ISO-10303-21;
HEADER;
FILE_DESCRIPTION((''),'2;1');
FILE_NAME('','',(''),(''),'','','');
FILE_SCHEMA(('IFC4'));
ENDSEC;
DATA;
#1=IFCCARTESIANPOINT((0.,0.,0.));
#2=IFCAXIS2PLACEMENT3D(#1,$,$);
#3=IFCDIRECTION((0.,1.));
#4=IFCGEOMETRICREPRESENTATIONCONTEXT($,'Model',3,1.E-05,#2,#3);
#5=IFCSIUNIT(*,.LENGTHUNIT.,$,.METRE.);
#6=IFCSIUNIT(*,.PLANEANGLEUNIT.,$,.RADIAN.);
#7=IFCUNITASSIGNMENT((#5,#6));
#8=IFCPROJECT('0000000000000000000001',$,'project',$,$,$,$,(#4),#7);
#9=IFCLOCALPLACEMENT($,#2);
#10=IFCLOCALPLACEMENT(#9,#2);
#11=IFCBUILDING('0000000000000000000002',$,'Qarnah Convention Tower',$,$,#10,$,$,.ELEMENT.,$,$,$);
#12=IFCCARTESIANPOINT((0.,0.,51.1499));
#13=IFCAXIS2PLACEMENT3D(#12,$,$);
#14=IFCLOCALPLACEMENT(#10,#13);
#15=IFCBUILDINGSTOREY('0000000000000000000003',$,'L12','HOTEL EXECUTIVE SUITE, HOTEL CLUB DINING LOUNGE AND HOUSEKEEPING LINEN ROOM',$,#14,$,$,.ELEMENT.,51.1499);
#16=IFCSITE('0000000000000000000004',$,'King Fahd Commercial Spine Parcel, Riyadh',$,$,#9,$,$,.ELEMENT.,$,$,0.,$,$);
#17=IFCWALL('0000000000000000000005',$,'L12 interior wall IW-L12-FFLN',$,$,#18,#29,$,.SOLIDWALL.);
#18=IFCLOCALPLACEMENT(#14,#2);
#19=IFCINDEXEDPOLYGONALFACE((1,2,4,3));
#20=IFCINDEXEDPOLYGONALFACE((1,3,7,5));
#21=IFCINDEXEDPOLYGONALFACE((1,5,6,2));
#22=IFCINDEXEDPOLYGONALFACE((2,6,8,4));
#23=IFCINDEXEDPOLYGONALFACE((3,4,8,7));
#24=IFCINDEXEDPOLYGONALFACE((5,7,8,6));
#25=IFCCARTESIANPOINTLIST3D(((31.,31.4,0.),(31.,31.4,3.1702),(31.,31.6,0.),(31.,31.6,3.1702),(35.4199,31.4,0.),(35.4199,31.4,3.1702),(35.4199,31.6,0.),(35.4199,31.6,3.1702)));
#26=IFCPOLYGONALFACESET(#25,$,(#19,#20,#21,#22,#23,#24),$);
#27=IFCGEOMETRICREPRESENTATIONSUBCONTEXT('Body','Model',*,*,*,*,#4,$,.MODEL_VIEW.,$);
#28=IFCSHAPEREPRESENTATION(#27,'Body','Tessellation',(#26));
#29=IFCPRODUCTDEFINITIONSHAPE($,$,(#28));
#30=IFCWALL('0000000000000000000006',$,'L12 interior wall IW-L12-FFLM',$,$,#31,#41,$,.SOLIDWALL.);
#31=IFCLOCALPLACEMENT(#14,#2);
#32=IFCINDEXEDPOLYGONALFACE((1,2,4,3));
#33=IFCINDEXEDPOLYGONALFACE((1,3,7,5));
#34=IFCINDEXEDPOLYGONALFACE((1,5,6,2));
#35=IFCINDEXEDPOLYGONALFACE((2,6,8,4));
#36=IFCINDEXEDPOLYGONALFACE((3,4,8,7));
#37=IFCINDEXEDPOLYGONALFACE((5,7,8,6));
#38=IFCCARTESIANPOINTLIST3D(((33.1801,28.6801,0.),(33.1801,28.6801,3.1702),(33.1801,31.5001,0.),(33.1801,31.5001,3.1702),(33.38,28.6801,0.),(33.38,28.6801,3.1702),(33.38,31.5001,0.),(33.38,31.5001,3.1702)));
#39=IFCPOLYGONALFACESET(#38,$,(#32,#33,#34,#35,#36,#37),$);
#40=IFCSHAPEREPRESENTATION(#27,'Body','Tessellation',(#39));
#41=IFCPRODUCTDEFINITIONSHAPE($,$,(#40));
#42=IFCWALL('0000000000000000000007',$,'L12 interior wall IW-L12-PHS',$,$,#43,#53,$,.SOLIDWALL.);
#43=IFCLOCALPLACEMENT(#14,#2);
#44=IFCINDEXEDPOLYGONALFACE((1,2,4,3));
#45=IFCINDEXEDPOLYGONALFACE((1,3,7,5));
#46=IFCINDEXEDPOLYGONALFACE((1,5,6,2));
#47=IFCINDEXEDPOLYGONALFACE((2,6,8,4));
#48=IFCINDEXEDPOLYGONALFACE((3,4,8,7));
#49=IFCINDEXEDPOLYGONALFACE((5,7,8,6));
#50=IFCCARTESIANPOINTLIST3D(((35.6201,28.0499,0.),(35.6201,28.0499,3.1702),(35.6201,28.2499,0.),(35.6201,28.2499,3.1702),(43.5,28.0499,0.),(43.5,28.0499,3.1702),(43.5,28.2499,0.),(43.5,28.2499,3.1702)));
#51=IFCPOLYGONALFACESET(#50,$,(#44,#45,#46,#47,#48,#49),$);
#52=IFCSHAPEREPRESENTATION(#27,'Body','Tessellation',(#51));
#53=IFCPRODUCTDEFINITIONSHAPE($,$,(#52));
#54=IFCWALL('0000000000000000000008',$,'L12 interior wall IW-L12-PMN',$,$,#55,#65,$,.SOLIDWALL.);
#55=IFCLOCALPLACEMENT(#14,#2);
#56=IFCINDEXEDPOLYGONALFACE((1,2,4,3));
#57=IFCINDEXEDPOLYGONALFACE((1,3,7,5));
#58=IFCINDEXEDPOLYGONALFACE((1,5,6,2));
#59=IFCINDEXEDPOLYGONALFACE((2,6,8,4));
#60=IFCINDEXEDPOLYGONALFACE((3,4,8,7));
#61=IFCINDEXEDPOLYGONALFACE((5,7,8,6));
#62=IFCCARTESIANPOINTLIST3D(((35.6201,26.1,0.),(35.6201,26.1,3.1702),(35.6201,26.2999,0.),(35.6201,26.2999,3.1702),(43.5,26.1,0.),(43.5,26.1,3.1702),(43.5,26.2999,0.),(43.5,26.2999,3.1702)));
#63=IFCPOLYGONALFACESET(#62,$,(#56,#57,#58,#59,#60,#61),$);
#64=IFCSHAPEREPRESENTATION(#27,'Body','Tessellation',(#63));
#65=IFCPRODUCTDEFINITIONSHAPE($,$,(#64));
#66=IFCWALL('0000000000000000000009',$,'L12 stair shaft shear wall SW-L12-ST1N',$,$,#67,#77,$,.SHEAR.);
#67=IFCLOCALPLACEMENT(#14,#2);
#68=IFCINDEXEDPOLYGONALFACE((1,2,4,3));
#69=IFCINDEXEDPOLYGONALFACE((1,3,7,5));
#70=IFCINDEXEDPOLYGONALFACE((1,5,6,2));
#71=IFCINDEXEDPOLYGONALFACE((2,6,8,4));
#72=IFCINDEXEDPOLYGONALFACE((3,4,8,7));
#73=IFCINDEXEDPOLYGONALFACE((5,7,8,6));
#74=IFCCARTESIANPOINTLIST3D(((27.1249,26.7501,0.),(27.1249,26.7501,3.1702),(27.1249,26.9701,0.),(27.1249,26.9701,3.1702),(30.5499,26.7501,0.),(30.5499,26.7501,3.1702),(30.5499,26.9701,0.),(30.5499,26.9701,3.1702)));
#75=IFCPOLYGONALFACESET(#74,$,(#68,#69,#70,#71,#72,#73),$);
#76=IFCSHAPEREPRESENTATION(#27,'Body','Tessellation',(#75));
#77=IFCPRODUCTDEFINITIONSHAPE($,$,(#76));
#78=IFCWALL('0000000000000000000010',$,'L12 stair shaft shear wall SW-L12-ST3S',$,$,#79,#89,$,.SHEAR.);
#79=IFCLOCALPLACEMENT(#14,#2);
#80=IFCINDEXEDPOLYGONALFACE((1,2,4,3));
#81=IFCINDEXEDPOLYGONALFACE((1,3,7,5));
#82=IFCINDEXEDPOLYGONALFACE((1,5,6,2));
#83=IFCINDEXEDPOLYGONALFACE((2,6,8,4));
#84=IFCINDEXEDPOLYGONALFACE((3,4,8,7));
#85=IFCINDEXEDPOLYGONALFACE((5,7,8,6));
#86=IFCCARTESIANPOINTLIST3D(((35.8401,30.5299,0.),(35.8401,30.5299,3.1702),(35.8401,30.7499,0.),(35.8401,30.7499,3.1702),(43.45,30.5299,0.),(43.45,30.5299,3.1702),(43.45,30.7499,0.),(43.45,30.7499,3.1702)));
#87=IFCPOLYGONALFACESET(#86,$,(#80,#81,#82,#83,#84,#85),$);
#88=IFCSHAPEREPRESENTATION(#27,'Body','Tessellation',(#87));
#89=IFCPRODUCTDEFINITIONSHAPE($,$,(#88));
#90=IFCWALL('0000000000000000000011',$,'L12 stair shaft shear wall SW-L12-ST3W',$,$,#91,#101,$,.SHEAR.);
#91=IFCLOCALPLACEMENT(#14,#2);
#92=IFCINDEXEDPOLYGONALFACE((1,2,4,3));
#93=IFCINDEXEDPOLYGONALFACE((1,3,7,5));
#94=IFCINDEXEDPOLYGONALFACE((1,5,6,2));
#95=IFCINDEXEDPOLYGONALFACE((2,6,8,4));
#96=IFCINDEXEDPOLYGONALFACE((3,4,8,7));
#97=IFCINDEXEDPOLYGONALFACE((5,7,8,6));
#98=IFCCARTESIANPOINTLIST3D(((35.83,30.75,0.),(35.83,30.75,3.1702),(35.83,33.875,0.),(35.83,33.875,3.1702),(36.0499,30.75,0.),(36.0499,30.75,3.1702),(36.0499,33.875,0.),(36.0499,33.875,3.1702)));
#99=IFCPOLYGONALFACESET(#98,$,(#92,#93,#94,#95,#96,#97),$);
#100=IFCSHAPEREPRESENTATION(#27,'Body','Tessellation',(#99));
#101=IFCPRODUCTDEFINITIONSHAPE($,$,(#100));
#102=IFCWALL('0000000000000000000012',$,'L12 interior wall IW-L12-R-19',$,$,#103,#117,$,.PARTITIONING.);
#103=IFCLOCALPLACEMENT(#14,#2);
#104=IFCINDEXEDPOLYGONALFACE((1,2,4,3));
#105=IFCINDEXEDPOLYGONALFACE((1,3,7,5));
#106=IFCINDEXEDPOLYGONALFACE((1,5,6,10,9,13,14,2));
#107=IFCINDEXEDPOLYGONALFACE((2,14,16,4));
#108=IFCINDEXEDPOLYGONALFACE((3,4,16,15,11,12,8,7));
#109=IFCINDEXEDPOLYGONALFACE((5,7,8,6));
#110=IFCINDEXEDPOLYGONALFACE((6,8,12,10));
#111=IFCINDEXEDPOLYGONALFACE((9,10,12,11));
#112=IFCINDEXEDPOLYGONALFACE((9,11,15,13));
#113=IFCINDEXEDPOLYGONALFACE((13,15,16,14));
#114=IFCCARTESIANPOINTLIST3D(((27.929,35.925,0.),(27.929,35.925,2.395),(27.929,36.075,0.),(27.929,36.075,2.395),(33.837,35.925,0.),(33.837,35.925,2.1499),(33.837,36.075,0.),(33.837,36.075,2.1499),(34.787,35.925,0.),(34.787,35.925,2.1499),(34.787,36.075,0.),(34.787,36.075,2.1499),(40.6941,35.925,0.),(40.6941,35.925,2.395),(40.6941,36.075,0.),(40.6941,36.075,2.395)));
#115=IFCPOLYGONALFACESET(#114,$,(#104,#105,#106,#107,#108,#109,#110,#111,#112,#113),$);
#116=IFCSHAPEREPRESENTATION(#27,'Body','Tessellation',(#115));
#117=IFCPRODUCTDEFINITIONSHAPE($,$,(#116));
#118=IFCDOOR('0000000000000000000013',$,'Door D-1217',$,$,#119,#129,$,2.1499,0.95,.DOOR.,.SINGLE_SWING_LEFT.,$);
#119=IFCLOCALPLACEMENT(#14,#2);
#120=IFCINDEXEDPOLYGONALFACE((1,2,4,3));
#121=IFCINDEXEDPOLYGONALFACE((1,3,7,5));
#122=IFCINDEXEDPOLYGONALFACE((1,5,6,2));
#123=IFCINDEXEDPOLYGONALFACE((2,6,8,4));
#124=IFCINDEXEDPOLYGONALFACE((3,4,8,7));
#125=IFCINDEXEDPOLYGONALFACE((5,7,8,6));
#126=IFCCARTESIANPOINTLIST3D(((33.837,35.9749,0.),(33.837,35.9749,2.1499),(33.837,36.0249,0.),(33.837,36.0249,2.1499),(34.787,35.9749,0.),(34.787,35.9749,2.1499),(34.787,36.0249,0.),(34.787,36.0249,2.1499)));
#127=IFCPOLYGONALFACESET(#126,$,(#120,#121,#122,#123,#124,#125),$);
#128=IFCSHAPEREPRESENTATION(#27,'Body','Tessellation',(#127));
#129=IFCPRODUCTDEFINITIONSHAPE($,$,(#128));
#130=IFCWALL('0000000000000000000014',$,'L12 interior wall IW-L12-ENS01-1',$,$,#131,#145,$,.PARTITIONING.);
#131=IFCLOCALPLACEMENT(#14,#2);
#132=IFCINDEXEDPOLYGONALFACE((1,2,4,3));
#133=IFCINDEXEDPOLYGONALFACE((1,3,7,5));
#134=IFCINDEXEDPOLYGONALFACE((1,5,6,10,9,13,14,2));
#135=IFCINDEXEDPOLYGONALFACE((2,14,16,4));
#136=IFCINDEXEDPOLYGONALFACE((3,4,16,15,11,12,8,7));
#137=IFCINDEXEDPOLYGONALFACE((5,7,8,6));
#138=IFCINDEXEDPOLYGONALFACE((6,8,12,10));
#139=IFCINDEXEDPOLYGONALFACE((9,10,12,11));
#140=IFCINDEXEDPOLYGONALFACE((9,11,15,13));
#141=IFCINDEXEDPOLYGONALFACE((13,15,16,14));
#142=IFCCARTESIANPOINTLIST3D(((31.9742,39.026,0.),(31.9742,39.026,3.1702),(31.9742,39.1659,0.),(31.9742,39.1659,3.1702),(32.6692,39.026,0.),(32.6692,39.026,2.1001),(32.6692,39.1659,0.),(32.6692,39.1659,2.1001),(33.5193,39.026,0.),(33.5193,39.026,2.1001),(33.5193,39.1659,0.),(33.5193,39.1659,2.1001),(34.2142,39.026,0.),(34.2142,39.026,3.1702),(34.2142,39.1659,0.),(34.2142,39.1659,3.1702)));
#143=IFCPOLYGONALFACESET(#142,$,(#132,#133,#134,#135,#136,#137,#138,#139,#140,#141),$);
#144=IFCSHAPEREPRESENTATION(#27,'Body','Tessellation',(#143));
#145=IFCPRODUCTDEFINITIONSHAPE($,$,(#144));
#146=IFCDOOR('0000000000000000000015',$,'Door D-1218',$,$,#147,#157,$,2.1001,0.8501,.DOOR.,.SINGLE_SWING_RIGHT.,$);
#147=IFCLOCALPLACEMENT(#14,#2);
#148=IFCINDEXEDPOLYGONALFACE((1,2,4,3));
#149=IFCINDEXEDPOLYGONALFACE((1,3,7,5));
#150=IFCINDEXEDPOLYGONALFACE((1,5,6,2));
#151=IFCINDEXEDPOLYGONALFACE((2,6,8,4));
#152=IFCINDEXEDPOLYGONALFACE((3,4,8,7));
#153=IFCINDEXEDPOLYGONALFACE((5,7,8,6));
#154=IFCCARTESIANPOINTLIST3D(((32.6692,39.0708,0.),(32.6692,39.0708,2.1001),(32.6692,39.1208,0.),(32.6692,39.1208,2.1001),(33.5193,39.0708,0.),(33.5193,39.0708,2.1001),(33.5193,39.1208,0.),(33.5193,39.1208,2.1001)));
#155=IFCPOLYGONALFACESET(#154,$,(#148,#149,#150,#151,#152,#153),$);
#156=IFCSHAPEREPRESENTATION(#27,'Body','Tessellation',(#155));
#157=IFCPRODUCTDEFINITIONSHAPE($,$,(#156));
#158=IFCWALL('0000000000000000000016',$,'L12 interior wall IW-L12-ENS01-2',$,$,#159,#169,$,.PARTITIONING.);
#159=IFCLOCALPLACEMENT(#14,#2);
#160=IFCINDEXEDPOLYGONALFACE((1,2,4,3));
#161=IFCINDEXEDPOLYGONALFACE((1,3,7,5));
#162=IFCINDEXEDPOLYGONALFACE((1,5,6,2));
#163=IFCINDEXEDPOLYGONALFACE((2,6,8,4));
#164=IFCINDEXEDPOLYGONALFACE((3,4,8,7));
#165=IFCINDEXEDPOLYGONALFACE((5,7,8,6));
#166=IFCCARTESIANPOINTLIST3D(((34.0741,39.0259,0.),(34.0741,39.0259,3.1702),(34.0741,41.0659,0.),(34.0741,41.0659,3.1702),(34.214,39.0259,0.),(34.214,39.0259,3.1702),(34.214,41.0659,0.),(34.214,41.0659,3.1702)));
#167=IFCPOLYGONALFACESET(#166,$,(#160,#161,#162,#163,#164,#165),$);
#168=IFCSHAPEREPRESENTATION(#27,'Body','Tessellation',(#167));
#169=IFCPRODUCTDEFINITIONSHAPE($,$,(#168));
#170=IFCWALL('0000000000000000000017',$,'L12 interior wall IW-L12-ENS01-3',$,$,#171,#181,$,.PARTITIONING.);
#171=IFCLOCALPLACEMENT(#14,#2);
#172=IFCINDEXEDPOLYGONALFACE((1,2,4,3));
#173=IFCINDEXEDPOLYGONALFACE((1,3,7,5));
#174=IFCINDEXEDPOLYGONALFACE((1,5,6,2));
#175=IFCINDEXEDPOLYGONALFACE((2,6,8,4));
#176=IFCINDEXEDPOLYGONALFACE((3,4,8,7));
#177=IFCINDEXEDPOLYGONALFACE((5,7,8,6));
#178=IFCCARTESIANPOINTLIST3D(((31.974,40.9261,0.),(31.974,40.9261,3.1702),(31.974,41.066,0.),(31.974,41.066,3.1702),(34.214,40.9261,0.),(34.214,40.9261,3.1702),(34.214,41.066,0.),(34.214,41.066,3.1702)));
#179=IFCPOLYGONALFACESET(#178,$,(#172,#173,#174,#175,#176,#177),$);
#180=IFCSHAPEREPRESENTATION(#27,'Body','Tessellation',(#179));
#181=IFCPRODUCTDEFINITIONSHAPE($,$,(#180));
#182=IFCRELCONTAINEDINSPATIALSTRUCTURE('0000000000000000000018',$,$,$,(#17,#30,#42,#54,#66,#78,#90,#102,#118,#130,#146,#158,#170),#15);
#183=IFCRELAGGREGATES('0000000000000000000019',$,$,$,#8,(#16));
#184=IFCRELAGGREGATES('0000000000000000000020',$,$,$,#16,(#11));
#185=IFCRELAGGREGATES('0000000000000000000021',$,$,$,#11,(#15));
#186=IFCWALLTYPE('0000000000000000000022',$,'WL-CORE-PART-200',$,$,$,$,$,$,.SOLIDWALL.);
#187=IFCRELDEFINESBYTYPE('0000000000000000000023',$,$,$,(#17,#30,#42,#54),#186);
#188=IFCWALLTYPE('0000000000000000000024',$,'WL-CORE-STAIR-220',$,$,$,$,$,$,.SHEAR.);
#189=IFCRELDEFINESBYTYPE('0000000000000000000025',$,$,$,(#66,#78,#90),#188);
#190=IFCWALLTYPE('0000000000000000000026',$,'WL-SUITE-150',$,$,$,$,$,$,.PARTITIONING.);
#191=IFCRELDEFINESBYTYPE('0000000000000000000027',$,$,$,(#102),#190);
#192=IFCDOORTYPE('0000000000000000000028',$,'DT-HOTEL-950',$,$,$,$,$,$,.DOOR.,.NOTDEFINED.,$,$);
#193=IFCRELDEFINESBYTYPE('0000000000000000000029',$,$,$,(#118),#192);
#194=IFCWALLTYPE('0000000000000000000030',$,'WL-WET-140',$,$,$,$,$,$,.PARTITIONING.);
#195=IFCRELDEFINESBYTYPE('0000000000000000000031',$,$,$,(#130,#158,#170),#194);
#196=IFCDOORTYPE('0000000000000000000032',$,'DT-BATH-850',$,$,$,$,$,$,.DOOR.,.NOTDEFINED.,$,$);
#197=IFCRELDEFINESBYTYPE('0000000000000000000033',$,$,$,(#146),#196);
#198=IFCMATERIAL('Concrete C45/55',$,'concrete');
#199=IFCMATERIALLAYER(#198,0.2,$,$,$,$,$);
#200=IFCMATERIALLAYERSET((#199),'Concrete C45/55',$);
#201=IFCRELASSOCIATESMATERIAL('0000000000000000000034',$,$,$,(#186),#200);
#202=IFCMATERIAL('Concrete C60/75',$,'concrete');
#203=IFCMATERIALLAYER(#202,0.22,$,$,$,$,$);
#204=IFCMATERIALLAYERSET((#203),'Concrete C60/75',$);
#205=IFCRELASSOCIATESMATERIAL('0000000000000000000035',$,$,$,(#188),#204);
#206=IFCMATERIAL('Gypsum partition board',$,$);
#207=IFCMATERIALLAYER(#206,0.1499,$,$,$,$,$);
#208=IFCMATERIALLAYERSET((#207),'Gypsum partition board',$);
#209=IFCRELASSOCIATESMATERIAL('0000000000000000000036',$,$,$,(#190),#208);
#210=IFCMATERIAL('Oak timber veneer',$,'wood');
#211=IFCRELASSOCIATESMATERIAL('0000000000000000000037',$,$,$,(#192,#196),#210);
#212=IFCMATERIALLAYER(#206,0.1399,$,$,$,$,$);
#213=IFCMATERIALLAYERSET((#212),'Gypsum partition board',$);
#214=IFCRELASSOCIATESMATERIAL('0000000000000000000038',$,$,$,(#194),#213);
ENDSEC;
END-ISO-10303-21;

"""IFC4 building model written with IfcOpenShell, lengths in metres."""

from ifc_helpers import new_model, si_unit, direction, frame, frame_2d, origin, place, context, subcontext, project, spatial, rectangle, extrude, material, layer, layer_set, type_object, element, fill, save


model = new_model("IFC4")

# Units and contexts
model_context = context("Model", 3, precision=1e-05, world=origin(), true_north=direction((0.0, 1.0)))
body_context = subcontext(model_context, "Body", "Model", "MODEL_VIEW")
ifc_project = project(units=[si_unit("LENGTHUNIT", "METRE"), si_unit("PLANEANGLEUNIT", "RADIAN")], contexts=[model_context])

# Site, building, storey
site_placement = place(None, origin())
site = spatial("IfcSite", under=ifc_project, at=site_placement, Name="King Fahd Commercial Spine Parcel, Riyadh", CompositionType="ELEMENT", RefElevation=0.0)
building_placement = place(site_placement, origin())
building = spatial("IfcBuilding", under=site, at=building_placement, Name="Qarnah Convention Tower", CompositionType="ELEMENT")
storey_placement = place(building_placement, frame((0.0, 0.0, 51.1499)))
storey = spatial("IfcBuildingStorey", under=building, at=storey_placement, Name="L12", Description="HOTEL EXECUTIVE SUITE, HOTEL CLUB DINING LOUNGE AND HOUSEKEEPING LINEN ROOM", CompositionType="ELEMENT", Elevation=51.1499)

# Shared definitions
ifc_material_1 = material(Name="Concrete C45/55", Category="concrete")
ifc_layer_1 = layer(ifc_material_1, 0.2)
ifc_layer_set_1 = layer_set([ifc_layer_1], Name="Concrete C45/55")
wall_type_1 = type_object("IfcWallType", Name="WL-CORE-PART-200", PredefinedType="SOLIDWALL", material=ifc_layer_set_1)

# Walls
wall_1_placement = place(storey_placement, frame((31.0, 31.5, 0.0), z_axis=(0.0, 0.0, 1.0), x_axis=(1.0, 0.0, 0.0)))
element("IfcWall", 1, at=wall_1_placement, inside=storey, type_object=wall_type_1, Name="L12 interior wall IW-L12-FFLN", PredefinedType="SOLIDWALL", context=body_context, shape_type="SweptSolid", body=[
    extrude(rectangle(XDim=4.4199, YDim=0.2, at=frame_2d((2.21, 0.0))), origin(), (0.0, 0.0, 1.0), 3.1702),
])
wall_2_placement = place(storey_placement, frame((33.28, 28.6799, 0.0), z_axis=(0.0, 0.0, 1.0), x_axis=(0.0, 1.0, 0.0)))
element("IfcWall", 2, at=wall_2_placement, inside=storey, type_object=wall_type_1, Name="L12 interior wall IW-L12-FFLM", PredefinedType="SOLIDWALL", context=body_context, shape_type="SweptSolid", body=[
    extrude(rectangle(XDim=2.8201, YDim=0.2, at=frame_2d((1.4102, 0.0))), origin(), (0.0, 0.0, 1.0), 3.1702),
])

# Walls
for number, where, z_axis, x_axis, name in (
    (3, (35.6201, 28.1499, 0.0), (0.0, 0.0, 1.0), (1.0, 0.0, 0.0), "L12 interior wall IW-L12-PHS"),
    (4, (35.6201, 26.2, 0.0), (0.0, 0.0, 1.0), (1.0, 0.0, 0.0), "L12 interior wall IW-L12-PMN"),
):
    element("IfcWall", number, at=place(storey_placement, frame(where, z_axis=z_axis, x_axis=x_axis)), inside=storey, type_object=wall_type_1, Name=name, PredefinedType="SOLIDWALL", context=body_context, shape_type="SweptSolid", body=[
        extrude(rectangle(XDim=7.8799, YDim=0.2, at=frame_2d((3.9399, 0.0))), origin(), (0.0, 0.0, 1.0), 3.1702),
    ])
ifc_material_2 = material(Name="Concrete C60/75", Category="concrete")
ifc_layer_2 = layer(ifc_material_2, 0.22)
ifc_layer_set_2 = layer_set([ifc_layer_2], Name="Concrete C60/75")
wall_type_2 = type_object("IfcWallType", Name="WL-CORE-STAIR-220", PredefinedType="SHEAR", material=ifc_layer_set_2)
wall_3_placement = place(storey_placement, frame((27.125, 26.8601, 0.0), z_axis=(0.0, 0.0, 1.0), x_axis=(1.0, 0.0, 0.0)))
element("IfcWall", 5, at=wall_3_placement, inside=storey, type_object=wall_type_2, Name="L12 stair shaft shear wall SW-L12-ST1N", PredefinedType="SHEAR", context=body_context, shape_type="SweptSolid", body=[
    extrude(rectangle(XDim=3.425, YDim=0.22, at=frame_2d((1.7124, 0.0))), origin(), (0.0, 0.0, 1.0), 3.1702),
])
wall_4_placement = place(storey_placement, frame((35.8401, 30.6399, 0.0), z_axis=(0.0, 0.0, 1.0), x_axis=(1.0, 0.0, 0.0)))
element("IfcWall", 6, at=wall_4_placement, inside=storey, type_object=wall_type_2, Name="L12 stair shaft shear wall SW-L12-ST3S", PredefinedType="SHEAR", context=body_context, shape_type="SweptSolid", body=[
    extrude(rectangle(XDim=7.6099, YDim=0.22, at=frame_2d((3.8049, 0.0))), origin(), (0.0, 0.0, 1.0), 3.1702),
])
wall_5_placement = place(storey_placement, frame((35.9399, 30.75, 0.0), z_axis=(0.0, 0.0, 1.0), x_axis=(0.0, 1.0, 0.0)))
element("IfcWall", 7, at=wall_5_placement, inside=storey, type_object=wall_type_2, Name="L12 stair shaft shear wall SW-L12-ST3W", PredefinedType="SHEAR", context=body_context, shape_type="SweptSolid", body=[
    extrude(rectangle(XDim=3.125, YDim=0.22, at=frame_2d((1.5625, 0.0))), origin(), (0.0, 0.0, 1.0), 3.1702),
])

# Walls, openings, doors
ifc_material_3 = material(Name="Gypsum partition board")
ifc_layer_3 = layer(ifc_material_3, 0.1499)
ifc_layer_set_3 = layer_set([ifc_layer_3], Name="Gypsum partition board")
wall_type_3 = type_object("IfcWallType", Name="WL-SUITE-150", PredefinedType="PARTITIONING", material=ifc_layer_set_3)
wall_6_placement = place(storey_placement, frame((27.929, 36.0, 0.0), z_axis=(0.0, 0.0, 1.0), x_axis=(1.0, 0.0, 0.0)))
wall_6 = element("IfcWall", 8, at=wall_6_placement, inside=storey, type_object=wall_type_3, Name="L12 interior wall IW-L12-R-19", PredefinedType="PARTITIONING", context=body_context, shape_type="SweptSolid", body=[
    extrude(rectangle(XDim=12.7651, YDim=0.1499, at=frame_2d((6.3826, 0.0))), origin(), (0.0, 0.0, 1.0), 2.395),
])
opening_1_placement = place(wall_6_placement, frame((5.908, 0.0, 0.0)))
opening_1 = element("IfcOpeningElement", 9, at=opening_1_placement, cuts=wall_6, PredefinedType="OPENING", context=body_context, shape_type="SweptSolid", body=[
    extrude(rectangle(XDim=0.95, YDim=2.1499, at=frame_2d((0.4751, 1.075))), frame((0.0, 0.085, 0.0), z_axis=(0.0, -1.0, 0.0), x_axis=(1.0, 0.0, 0.0)), (0.0, 0.0, 1.0), 0.1699),
])
ifc_material_4 = material(Name="Oak timber veneer", Category="wood")
door_type_1 = type_object("IfcDoorType", Name="DT-HOTEL-950", OperationType="NOTDEFINED", PredefinedType="DOOR", material=ifc_material_4)
door_1_placement = place(opening_1_placement, origin())
door_1 = element("IfcDoor", 10, at=door_1_placement, inside=storey, type_object=door_type_1, Name="Door D-1217", OperationType="SINGLE_SWING_LEFT", OverallHeight=2.1499, OverallWidth=0.95, PredefinedType="DOOR", context=body_context, shape_type="SweptSolid", body=[
    extrude(rectangle(XDim=0.95, YDim=2.1499, at=frame_2d((0.4751, 1.075))), frame((0.0, 0.0249, 0.0), z_axis=(0.0, -1.0, 0.0), x_axis=(1.0, 0.0, 0.0)), (0.0, 0.0, 1.0), 0.05),
])
fill(opening_1, door_1)
ifc_layer_4 = layer(ifc_material_3, 0.1399)
ifc_layer_set_4 = layer_set([ifc_layer_4], Name="Gypsum partition board")
wall_type_4 = type_object("IfcWallType", Name="WL-WET-140", PredefinedType="PARTITIONING", material=ifc_layer_set_4)
wall_7_placement = place(storey_placement, frame((31.9741, 39.0959, 0.0), z_axis=(0.0, 0.0, 1.0), x_axis=(1.0, 0.0, 0.0)))
wall_7 = element("IfcWall", 11, at=wall_7_placement, inside=storey, type_object=wall_type_4, Name="L12 interior wall IW-L12-ENS01-1", PredefinedType="PARTITIONING", context=body_context, shape_type="SweptSolid", body=[
    extrude(rectangle(XDim=2.24, YDim=0.1399, at=frame_2d((1.1201, 0.0))), origin(), (0.0, 0.0, 1.0), 3.1702),
])
opening_2_placement = place(wall_7_placement, frame((0.6951, 0.0, 0.0)))
opening_2 = element("IfcOpeningElement", 12, at=opening_2_placement, cuts=wall_7, PredefinedType="OPENING", context=body_context, shape_type="SweptSolid", body=[
    extrude(rectangle(XDim=0.8501, YDim=2.1001, at=frame_2d((0.425, 1.05))), frame((0.0, 0.0798, 0.0), z_axis=(0.0, -1.0, 0.0), x_axis=(1.0, 0.0, 0.0)), (0.0, 0.0, 1.0), 0.1599),
])
door_type_2 = type_object("IfcDoorType", Name="DT-BATH-850", OperationType="NOTDEFINED", PredefinedType="DOOR", material=ifc_material_4)
door_2_placement = place(opening_2_placement, origin())
door_2 = element("IfcDoor", 13, at=door_2_placement, inside=storey, type_object=door_type_2, Name="Door D-1218", OperationType="SINGLE_SWING_RIGHT", OverallHeight=2.1001, OverallWidth=0.8501, PredefinedType="DOOR", context=body_context, shape_type="SweptSolid", body=[
    extrude(rectangle(XDim=0.8501, YDim=2.1001, at=frame_2d((0.425, 1.05))), frame((0.0, 0.0249, 0.0), z_axis=(0.0, -1.0, 0.0), x_axis=(1.0, 0.0, 0.0)), (0.0, 0.0, 1.0), 0.05),
])
fill(opening_2, door_2)

# Walls
wall_8_placement = place(storey_placement, frame((34.144, 39.0259, 0.0), z_axis=(0.0, 0.0, 1.0), x_axis=(0.0, 1.0, 0.0)))
element("IfcWall", 14, at=wall_8_placement, inside=storey, type_object=wall_type_4, Name="L12 interior wall IW-L12-ENS01-2", PredefinedType="PARTITIONING", context=body_context, shape_type="SweptSolid", body=[
    extrude(rectangle(XDim=2.04, YDim=0.1399, at=frame_2d((1.02, 0.0))), origin(), (0.0, 0.0, 1.0), 3.1702),
])
wall_9_placement = place(storey_placement, frame((34.2141, 40.9961, 0.0), z_axis=(0.0, 0.0, 1.0), x_axis=(-1.0, 0.0, 0.0)))
element("IfcWall", 15, at=wall_9_placement, inside=storey, type_object=wall_type_4, Name="L12 interior wall IW-L12-ENS01-3", PredefinedType="PARTITIONING", context=body_context, shape_type="SweptSolid", body=[
    extrude(rectangle(XDim=2.24, YDim=0.1399, at=frame_2d((1.1201, 0.0))), origin(), (0.0, 0.0, 1.0), 3.1702),
])

save(model, "model.ifc")
